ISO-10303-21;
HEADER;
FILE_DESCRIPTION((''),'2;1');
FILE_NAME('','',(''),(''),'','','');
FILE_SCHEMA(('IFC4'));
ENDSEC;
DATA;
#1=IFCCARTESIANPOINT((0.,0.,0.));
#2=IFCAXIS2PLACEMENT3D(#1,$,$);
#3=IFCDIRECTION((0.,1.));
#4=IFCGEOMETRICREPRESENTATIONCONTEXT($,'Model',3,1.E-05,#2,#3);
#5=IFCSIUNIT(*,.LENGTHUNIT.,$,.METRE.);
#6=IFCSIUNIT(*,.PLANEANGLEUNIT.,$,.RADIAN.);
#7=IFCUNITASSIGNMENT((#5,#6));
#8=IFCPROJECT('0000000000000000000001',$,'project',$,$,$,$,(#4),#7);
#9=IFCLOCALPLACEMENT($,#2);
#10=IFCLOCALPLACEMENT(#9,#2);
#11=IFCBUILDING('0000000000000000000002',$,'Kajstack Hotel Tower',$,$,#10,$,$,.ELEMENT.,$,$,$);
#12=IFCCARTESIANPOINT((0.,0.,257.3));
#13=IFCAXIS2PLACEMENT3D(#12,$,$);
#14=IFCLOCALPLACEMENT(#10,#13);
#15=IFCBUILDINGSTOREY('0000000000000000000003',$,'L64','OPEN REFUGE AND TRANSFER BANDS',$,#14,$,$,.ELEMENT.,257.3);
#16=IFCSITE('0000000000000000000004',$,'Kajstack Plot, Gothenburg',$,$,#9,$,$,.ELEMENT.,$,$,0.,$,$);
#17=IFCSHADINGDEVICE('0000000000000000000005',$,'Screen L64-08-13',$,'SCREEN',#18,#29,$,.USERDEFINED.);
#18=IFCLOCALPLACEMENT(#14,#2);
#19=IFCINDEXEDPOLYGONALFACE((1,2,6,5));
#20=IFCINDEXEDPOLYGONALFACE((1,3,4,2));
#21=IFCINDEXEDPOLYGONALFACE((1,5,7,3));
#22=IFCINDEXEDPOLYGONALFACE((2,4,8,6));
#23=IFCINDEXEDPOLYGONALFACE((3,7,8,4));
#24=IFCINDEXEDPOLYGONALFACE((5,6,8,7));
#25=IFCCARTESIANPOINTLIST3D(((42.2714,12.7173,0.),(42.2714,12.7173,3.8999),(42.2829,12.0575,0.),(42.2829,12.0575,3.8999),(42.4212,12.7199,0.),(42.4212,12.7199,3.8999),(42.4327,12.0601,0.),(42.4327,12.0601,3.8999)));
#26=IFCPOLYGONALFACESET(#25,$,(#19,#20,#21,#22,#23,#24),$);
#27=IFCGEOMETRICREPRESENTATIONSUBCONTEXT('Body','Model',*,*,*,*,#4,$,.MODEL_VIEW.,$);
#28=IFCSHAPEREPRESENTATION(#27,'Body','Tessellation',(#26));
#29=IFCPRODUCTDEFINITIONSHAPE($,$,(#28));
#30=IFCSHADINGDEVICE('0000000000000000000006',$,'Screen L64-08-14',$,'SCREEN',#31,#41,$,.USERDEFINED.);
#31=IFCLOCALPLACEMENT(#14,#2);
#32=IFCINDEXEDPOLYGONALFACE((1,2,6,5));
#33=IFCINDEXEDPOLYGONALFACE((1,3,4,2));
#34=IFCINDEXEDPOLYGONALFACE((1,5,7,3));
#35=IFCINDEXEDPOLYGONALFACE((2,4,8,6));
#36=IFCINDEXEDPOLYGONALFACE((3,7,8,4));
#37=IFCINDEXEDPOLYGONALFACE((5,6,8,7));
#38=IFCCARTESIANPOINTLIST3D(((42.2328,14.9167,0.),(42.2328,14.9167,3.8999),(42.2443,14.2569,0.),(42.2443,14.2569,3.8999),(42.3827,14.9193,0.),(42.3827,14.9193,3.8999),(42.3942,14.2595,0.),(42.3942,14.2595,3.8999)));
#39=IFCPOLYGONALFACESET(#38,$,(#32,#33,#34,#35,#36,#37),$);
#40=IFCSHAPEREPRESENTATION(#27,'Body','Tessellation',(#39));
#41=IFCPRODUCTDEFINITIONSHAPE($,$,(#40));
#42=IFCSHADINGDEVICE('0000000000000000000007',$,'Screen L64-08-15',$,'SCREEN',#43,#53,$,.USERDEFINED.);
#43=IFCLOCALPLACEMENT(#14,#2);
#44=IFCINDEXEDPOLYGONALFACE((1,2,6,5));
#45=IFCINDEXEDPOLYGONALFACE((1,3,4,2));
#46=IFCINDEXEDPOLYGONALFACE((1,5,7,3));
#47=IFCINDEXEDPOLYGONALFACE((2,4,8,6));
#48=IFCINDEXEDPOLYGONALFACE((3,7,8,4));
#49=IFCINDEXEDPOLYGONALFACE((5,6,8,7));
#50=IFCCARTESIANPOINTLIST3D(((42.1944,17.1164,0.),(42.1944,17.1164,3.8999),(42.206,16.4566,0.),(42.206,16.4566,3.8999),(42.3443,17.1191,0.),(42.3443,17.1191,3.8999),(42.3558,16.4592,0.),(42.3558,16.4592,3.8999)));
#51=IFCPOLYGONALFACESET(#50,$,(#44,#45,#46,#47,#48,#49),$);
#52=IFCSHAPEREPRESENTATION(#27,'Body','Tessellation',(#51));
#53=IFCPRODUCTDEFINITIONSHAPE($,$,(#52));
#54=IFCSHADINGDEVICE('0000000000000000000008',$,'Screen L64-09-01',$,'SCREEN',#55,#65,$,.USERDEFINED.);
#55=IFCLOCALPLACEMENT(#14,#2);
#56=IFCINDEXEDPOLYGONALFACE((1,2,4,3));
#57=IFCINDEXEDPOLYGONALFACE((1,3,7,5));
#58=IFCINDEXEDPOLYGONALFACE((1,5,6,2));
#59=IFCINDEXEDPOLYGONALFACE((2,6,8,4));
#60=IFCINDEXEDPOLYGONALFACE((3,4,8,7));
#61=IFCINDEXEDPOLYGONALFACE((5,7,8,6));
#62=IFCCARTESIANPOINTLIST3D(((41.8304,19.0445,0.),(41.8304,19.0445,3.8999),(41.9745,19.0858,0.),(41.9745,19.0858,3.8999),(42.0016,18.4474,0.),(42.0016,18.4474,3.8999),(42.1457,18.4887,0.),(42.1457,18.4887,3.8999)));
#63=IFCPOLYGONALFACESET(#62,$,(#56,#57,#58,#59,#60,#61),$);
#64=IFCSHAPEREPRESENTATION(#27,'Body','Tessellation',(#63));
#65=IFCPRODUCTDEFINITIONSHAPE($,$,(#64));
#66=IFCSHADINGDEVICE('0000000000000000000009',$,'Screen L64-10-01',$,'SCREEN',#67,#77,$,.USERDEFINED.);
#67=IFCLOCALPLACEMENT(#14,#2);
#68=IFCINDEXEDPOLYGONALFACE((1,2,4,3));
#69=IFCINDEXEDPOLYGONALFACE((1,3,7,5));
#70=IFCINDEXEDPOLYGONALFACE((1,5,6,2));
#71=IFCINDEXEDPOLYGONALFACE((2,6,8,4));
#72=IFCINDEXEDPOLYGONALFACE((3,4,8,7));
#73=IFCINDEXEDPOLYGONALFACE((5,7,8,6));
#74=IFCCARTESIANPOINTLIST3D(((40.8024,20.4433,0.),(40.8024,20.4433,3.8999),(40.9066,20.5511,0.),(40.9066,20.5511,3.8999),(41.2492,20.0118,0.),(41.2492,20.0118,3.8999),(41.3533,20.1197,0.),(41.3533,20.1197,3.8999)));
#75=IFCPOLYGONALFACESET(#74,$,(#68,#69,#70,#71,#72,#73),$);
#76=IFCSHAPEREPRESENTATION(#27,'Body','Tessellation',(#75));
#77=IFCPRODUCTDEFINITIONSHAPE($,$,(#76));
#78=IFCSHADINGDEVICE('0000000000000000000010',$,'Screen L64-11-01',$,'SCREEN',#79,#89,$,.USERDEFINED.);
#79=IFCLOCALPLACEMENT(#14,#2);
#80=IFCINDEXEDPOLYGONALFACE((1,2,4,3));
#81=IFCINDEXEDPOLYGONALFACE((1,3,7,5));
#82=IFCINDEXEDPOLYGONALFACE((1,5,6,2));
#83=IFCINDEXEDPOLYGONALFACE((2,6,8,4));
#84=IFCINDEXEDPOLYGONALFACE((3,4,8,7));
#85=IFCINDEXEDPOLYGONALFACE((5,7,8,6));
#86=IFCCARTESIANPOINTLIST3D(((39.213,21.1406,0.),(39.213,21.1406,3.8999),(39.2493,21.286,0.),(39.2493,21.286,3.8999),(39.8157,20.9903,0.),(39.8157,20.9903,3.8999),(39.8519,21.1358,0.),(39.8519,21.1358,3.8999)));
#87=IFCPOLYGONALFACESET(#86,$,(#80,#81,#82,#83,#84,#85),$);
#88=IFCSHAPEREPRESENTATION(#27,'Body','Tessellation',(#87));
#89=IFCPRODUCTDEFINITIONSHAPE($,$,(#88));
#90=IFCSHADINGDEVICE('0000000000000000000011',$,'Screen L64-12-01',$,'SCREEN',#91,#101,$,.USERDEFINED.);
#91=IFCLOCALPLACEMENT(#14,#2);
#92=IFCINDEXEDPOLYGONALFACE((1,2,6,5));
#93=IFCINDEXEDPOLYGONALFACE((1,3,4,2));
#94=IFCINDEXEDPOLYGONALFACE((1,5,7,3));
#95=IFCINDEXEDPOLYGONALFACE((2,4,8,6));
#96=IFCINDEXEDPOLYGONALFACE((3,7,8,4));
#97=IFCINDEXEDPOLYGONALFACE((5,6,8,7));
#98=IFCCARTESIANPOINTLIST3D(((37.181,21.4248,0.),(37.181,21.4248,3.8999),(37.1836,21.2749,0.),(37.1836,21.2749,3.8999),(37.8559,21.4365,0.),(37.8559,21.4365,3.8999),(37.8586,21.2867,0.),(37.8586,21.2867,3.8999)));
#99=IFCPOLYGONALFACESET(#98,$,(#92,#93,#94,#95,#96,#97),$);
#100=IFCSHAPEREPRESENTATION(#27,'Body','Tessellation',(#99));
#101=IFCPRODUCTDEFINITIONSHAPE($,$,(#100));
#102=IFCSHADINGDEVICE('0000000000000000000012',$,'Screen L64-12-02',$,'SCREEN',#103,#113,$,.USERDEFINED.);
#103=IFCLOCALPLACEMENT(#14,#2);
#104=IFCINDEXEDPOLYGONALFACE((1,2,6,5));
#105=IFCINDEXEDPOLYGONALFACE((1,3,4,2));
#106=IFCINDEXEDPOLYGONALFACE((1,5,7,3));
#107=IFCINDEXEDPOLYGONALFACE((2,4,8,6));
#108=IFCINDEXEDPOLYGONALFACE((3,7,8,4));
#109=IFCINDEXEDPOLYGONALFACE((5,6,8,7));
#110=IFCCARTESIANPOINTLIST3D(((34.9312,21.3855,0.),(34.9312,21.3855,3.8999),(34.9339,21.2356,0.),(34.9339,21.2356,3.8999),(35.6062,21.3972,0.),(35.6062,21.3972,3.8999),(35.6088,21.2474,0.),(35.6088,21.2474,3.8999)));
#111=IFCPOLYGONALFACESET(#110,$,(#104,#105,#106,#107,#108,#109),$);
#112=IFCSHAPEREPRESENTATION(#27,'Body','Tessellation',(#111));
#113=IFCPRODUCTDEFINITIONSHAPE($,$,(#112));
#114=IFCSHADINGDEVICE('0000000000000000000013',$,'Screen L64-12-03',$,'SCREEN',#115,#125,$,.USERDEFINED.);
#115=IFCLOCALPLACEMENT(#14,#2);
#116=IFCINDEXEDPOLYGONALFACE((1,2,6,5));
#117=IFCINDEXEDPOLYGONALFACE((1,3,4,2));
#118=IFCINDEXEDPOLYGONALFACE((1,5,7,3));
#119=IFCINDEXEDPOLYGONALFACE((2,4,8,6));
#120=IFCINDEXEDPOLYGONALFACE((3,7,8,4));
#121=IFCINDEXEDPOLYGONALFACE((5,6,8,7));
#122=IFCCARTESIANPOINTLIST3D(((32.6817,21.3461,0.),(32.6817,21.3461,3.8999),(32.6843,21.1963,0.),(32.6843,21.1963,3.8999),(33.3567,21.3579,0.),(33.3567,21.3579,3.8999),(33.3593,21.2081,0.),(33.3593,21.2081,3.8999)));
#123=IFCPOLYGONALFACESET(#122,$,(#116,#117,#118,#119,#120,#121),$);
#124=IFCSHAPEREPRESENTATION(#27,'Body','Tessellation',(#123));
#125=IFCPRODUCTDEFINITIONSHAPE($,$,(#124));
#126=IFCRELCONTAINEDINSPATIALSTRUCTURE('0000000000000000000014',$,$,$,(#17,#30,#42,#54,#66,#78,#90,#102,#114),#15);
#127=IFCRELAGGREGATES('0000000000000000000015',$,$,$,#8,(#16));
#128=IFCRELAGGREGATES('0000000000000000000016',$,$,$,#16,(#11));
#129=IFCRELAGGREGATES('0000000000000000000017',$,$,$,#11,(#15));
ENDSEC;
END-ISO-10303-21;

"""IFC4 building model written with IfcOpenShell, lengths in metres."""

from ifc_helpers import new_model, si_unit, direction, frame, origin, origin_2d, place, context, subcontext, project, spatial, rectangle, extrude, element, save


model = new_model("IFC4")

# Units and contexts
model_context = context("Model", 3, precision=1e-05, world=origin(), true_north=direction((0.0, 1.0)))
body_context = subcontext(model_context, "Body", "Model", "MODEL_VIEW")
ifc_project = project(units=[si_unit("LENGTHUNIT", "METRE"), si_unit("PLANEANGLEUNIT", "RADIAN")], contexts=[model_context])

# Site, building, storey
site_placement = place(None, origin())
site = spatial("IfcSite", under=ifc_project, at=site_placement, Name="Kajstack Plot, Gothenburg", CompositionType="ELEMENT", RefElevation=0.0)
building_placement = place(site_placement, origin())
building = spatial("IfcBuilding", under=site, at=building_placement, Name="Kajstack Hotel Tower", CompositionType="ELEMENT")
storey_placement = place(building_placement, frame((0.0, 0.0, 257.3)))
storey = spatial("IfcBuildingStorey", under=building, at=storey_placement, Name="L64", Description="OPEN REFUGE AND TRANSFER BANDS", CompositionType="ELEMENT", Elevation=257.3)

# Shading devices
for number, where, z_axis, x_axis, name in (
    (1, (42.3521, 12.3887, 0.0), (0.0, 0.0, 1.0), (-0.017455, 0.999848, 0.0), "Screen L64-08-13"),
    (2, (42.3135, 14.5881, 0.0), (0.0, 0.0, 1.0), (-0.017455, 0.999848, 0.0), "Screen L64-08-14"),
    (3, (42.2751, 16.7878, 0.0), (0.0, 0.0, 1.0), (-0.017455, 0.999848, 0.0), "Screen L64-08-15"),
):
    element("IfcShadingDevice", number, at=place(storey_placement, frame(where, z_axis=z_axis, x_axis=x_axis)), inside=storey, Name=name, ObjectType="SCREEN", PredefinedType="USERDEFINED", context=body_context, shape_type="SweptSolid", body=[
        extrude(rectangle(XDim=0.6599, YDim=0.1499, at=origin_2d()), origin(), (0.0, 0.0, 1.0), 3.8999),
    ])
for number, where, z_axis, x_axis, name in (
    (4, (41.988, 18.7666, 0.0), (0.0, 0.0, 1.0), (-0.275633, 0.961263, 0.0), "Screen L64-09-01"),
    (5, (41.0779, 20.2815, 0.0), (0.0, 0.0, 1.0), (-0.719315, 0.694684, 0.0), "Screen L64-10-01"),
    (6, (39.5325, 21.1382, 0.0), (0.0, 0.0, 1.0), (-0.970299, 0.241911, 0.0), "Screen L64-11-01"),
):
    element("IfcShadingDevice", number, at=place(storey_placement, frame(where, z_axis=z_axis, x_axis=x_axis)), inside=storey, Name=name, ObjectType="SCREEN", PredefinedType="USERDEFINED", context=body_context, shape_type="SweptSolid", body=[
        extrude(rectangle(XDim=0.6211, YDim=0.1499, at=origin_2d()), origin(), (0.0, 0.0, 1.0), 3.8999),
    ])
for number, where, z_axis, x_axis, name in (
    (7, (37.5198, 21.3557, 0.0), (0.0, 0.0, 1.0), (-0.999848, -0.017453, 0.0), "Screen L64-12-01"),
    (8, (35.27, 21.3164, 0.0), (0.0, 0.0, 1.0), (-0.999848, -0.017453, 0.0), "Screen L64-12-02"),
    (9, (33.0205, 21.2771, 0.0), (0.0, 0.0, 1.0), (-0.999848, -0.017453, 0.0), "Screen L64-12-03"),
):
    element("IfcShadingDevice", number, at=place(storey_placement, frame(where, z_axis=z_axis, x_axis=x_axis)), inside=storey, Name=name, ObjectType="SCREEN", PredefinedType="USERDEFINED", context=body_context, shape_type="SweptSolid", body=[
        extrude(rectangle(XDim=0.675, YDim=0.1499, at=origin_2d()), origin(), (0.0, 0.0, 1.0), 3.8999),
    ])

save(model, "model.ifc")
